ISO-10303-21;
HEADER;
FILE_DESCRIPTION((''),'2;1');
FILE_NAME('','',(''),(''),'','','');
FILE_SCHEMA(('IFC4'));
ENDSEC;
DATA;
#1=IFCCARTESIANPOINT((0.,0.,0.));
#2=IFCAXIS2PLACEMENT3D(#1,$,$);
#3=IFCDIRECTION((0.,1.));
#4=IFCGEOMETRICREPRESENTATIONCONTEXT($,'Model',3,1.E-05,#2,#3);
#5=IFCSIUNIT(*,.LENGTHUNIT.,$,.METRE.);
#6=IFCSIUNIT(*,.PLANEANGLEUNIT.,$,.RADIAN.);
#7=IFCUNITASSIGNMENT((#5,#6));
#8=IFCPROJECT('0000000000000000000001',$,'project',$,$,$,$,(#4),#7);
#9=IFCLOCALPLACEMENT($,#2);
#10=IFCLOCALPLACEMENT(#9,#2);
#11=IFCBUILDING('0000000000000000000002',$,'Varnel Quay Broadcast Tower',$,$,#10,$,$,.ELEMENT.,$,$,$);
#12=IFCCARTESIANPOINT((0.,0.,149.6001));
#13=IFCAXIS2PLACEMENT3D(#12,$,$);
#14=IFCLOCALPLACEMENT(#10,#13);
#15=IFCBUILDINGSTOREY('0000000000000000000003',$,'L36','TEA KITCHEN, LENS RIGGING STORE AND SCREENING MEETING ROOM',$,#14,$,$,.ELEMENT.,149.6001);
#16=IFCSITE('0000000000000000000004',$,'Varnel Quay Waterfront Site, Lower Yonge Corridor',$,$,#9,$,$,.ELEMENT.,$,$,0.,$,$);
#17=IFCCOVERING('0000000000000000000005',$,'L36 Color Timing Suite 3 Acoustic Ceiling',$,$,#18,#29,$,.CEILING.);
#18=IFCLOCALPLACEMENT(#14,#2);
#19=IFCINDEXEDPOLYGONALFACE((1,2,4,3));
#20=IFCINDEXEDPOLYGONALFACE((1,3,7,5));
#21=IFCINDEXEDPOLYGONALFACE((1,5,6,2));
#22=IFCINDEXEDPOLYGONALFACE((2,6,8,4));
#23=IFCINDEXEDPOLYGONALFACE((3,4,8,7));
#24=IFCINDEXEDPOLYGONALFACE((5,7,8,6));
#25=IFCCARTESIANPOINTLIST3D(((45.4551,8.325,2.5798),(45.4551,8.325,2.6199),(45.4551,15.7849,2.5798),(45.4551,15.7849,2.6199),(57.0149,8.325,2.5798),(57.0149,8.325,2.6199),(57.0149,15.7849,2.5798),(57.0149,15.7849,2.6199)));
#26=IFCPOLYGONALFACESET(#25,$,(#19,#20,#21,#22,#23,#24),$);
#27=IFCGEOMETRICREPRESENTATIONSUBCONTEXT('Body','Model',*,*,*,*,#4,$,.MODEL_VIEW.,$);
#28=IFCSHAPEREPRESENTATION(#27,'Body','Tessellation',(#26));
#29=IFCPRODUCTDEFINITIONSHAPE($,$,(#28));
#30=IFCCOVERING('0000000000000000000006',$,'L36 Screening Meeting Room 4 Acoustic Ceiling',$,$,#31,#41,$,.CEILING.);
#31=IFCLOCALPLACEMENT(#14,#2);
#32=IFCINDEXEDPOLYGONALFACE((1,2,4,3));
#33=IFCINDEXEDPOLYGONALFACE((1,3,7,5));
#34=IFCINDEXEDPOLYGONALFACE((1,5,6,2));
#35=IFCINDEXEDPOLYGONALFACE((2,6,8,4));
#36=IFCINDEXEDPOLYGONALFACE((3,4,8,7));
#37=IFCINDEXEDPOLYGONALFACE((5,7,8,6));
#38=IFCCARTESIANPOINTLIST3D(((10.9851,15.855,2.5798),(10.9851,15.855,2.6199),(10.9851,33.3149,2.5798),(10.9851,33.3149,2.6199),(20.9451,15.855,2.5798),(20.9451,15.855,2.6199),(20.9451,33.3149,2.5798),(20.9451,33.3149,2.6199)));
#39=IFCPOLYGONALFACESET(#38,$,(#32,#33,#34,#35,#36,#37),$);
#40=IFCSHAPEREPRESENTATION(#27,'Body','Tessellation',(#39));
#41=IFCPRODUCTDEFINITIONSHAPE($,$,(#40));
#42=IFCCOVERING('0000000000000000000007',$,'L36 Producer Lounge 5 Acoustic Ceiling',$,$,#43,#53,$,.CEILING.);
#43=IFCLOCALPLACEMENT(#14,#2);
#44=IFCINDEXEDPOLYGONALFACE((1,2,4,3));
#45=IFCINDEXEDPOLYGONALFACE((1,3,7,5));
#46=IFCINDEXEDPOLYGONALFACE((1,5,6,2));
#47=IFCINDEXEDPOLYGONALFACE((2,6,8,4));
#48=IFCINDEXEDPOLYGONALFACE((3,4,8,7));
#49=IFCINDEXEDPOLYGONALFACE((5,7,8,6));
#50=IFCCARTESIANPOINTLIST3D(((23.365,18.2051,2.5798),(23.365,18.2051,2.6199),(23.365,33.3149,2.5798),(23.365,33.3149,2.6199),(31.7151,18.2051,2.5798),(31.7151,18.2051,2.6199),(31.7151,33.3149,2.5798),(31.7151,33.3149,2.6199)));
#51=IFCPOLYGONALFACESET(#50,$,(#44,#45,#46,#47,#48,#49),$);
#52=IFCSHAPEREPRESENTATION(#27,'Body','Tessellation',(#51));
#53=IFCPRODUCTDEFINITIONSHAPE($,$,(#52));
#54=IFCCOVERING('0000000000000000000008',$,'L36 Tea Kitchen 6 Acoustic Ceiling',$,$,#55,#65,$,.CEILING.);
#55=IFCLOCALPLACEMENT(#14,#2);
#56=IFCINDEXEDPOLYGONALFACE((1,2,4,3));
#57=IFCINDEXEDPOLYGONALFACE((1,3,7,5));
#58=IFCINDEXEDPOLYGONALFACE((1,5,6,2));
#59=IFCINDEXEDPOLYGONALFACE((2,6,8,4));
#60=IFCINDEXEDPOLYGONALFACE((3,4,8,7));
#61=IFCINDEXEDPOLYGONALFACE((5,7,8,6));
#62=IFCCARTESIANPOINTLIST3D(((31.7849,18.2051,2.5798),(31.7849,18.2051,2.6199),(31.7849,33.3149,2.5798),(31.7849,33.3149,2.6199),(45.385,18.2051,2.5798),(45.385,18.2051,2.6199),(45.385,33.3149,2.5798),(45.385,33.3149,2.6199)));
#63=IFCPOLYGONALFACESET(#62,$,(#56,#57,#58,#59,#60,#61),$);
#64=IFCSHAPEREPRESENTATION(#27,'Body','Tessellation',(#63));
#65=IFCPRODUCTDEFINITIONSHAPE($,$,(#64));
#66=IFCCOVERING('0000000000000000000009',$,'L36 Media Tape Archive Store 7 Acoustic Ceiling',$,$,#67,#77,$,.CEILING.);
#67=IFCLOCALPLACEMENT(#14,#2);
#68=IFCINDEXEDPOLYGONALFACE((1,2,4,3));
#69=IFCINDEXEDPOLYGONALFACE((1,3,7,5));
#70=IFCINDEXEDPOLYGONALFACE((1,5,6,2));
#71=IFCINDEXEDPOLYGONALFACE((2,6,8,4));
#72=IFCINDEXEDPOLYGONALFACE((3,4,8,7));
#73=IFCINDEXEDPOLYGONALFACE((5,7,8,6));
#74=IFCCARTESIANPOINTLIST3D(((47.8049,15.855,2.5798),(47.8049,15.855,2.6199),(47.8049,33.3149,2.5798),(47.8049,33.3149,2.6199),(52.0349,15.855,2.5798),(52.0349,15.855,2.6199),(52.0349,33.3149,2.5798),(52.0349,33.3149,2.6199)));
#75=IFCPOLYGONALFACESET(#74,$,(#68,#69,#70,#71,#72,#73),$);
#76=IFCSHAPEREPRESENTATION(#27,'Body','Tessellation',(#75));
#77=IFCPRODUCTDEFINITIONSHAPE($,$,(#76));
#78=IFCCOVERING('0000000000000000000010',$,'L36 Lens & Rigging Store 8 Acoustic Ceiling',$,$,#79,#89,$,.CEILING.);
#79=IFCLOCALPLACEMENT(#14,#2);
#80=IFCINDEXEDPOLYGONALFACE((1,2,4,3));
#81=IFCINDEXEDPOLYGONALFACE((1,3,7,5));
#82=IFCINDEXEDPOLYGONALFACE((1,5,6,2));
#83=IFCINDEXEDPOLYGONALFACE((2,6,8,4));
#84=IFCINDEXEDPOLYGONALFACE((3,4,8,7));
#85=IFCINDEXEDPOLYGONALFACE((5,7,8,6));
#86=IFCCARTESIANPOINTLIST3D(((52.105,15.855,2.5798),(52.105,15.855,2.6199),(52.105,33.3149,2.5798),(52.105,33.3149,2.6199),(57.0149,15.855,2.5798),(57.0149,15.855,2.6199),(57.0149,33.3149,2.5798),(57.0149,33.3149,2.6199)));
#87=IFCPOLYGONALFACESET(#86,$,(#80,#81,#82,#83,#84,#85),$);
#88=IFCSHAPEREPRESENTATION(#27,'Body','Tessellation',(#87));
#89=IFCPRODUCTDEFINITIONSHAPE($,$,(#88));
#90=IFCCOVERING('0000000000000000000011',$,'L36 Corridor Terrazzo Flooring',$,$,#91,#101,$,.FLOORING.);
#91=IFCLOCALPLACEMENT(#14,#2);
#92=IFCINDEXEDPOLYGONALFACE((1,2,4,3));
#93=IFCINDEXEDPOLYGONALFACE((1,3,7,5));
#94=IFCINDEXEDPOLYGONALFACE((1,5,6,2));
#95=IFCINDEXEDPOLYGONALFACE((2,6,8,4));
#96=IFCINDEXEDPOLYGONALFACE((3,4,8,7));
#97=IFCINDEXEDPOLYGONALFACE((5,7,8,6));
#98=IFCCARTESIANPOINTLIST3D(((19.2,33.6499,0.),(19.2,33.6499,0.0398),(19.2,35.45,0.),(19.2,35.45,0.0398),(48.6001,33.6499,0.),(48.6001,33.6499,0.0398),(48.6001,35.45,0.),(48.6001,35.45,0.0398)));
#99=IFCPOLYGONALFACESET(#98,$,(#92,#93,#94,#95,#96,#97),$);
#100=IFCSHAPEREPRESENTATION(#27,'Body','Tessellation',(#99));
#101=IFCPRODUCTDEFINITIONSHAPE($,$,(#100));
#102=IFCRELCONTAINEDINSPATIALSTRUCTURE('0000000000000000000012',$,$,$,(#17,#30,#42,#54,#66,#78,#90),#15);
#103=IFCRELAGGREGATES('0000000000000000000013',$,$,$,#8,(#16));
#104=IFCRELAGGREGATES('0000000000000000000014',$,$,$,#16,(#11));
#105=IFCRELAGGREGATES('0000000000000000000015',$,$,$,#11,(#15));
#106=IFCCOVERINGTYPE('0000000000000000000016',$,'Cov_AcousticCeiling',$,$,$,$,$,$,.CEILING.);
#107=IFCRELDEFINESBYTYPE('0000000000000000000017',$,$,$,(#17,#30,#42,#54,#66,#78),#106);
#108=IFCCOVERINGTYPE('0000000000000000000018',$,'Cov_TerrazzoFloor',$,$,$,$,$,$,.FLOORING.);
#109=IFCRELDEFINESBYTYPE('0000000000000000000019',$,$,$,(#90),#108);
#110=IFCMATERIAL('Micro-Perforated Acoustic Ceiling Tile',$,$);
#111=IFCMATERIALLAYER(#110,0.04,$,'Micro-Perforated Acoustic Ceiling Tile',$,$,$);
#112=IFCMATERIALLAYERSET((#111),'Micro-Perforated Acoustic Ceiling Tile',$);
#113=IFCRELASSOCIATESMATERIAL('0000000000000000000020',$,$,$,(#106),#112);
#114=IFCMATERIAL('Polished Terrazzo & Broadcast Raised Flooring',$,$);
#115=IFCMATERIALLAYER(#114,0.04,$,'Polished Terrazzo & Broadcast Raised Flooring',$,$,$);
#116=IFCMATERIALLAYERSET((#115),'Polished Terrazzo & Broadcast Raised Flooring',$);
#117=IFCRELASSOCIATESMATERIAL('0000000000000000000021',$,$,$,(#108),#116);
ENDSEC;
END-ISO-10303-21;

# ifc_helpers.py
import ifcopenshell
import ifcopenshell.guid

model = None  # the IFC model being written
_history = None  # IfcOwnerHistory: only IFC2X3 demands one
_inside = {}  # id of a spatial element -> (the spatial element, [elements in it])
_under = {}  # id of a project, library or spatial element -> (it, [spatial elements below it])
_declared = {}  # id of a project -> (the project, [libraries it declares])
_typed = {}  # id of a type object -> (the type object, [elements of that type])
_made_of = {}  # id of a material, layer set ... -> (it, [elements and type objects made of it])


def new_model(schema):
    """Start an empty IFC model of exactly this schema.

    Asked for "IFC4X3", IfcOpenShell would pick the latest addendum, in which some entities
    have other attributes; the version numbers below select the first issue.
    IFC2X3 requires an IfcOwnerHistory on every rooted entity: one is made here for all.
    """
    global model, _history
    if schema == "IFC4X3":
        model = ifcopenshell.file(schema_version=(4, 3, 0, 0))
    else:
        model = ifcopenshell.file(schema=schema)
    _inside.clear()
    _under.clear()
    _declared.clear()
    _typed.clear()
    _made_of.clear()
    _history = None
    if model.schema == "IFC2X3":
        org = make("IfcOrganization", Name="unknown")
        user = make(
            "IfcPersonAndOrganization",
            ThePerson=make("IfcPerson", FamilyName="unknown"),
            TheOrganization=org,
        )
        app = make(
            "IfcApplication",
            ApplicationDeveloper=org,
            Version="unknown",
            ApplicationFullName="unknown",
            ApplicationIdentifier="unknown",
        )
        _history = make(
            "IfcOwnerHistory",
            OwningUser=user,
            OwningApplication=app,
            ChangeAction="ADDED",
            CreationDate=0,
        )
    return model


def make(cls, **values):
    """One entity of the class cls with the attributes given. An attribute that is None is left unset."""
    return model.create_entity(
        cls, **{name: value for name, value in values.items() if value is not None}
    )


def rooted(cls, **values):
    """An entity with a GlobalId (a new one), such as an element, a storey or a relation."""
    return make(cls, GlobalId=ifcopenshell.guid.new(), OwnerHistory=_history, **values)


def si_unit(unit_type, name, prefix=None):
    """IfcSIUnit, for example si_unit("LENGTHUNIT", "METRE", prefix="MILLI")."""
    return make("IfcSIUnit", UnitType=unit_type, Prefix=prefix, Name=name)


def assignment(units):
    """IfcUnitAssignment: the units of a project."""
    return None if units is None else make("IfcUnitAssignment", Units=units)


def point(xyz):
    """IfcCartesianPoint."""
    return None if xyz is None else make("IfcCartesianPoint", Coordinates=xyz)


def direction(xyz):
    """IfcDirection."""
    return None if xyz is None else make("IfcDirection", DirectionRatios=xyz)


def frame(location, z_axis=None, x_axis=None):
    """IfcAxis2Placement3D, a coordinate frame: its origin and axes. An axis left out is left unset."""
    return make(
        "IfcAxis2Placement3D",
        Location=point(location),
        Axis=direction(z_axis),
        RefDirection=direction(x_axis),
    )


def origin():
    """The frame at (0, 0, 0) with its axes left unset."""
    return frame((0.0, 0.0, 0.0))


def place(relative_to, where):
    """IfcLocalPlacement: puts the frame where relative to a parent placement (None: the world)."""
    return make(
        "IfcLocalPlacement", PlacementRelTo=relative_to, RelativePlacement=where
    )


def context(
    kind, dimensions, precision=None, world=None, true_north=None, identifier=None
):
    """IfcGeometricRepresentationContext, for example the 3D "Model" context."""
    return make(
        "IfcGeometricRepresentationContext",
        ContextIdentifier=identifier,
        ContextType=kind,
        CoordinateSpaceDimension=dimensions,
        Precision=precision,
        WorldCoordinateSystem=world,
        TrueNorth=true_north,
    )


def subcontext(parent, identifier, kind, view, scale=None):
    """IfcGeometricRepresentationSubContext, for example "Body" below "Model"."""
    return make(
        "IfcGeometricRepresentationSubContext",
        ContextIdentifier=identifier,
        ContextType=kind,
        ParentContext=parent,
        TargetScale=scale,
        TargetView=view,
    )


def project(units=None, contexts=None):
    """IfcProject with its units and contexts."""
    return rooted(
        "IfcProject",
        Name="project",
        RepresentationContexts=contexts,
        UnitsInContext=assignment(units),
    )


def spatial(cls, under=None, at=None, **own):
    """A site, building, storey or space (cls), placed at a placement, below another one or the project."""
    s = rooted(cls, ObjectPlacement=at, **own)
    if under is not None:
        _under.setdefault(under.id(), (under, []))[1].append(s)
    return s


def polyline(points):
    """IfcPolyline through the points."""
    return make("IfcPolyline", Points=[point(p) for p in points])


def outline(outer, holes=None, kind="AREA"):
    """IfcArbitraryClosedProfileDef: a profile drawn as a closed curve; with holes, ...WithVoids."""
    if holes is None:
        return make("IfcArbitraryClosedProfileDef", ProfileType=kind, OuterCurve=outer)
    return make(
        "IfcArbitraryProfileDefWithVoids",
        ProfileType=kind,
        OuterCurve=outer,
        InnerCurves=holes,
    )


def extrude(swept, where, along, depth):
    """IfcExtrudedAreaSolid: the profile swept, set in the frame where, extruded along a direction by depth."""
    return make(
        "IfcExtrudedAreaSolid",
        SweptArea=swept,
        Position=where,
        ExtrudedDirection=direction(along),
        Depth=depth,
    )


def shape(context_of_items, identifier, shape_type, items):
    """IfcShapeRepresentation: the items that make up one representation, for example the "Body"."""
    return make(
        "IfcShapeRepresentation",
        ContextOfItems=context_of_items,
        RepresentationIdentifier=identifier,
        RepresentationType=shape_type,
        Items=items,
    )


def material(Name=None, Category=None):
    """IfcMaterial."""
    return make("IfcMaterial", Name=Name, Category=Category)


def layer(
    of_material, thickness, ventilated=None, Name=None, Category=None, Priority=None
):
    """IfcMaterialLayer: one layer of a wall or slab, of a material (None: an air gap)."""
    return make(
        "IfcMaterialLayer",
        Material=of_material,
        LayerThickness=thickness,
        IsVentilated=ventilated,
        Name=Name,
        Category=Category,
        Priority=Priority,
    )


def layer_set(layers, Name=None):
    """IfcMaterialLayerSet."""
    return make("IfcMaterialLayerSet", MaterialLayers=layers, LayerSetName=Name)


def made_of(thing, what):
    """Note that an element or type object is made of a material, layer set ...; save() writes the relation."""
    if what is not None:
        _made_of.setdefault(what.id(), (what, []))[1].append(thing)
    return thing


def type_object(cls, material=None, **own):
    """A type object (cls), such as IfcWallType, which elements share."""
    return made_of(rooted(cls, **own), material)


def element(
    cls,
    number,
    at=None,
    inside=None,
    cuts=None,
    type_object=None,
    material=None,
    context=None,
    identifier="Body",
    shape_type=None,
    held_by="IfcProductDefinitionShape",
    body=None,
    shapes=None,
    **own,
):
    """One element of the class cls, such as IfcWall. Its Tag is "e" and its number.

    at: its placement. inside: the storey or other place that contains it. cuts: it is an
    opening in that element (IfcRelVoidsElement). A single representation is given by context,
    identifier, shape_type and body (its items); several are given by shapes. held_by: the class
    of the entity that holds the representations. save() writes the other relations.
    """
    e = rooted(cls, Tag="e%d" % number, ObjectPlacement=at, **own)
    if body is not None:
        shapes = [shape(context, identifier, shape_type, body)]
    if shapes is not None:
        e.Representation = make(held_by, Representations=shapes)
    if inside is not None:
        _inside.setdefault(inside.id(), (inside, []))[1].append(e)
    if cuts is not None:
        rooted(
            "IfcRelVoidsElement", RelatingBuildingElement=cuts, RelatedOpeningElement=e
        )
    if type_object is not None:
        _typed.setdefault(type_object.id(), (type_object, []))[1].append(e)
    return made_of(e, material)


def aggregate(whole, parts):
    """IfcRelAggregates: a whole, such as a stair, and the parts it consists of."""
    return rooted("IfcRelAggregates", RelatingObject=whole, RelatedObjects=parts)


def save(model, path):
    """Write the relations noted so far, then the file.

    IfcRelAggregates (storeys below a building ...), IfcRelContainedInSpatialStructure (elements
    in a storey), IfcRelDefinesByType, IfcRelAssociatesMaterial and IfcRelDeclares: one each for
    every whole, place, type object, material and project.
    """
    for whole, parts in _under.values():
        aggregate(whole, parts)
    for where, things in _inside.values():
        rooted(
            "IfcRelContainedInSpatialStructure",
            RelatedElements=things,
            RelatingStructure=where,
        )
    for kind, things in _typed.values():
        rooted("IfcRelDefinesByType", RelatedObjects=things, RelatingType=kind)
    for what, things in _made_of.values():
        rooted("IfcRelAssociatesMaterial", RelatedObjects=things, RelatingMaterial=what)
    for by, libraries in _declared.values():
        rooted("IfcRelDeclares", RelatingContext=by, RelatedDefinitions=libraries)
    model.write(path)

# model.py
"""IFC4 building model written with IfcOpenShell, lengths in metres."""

from ifc_helpers import new_model, si_unit, direction, frame, origin, place, context, subcontext, project, spatial, polyline, outline, extrude, material, layer, layer_set, type_object, element, save


model = new_model("IFC4")

# Units and contexts
model_context = context("Model", 3, precision=1e-05, world=origin(), true_north=direction((0.0, 1.0)))
body_context = subcontext(model_context, "Body", "Model", "MODEL_VIEW")
ifc_project = project(units=[si_unit("LENGTHUNIT", "METRE"), si_unit("PLANEANGLEUNIT", "RADIAN")], contexts=[model_context])

# Site, building, storey
site_placement = place(None, origin())
site = spatial("IfcSite", under=ifc_project, at=site_placement, Name="Varnel Quay Waterfront Site, Lower Yonge Corridor", CompositionType="ELEMENT", RefElevation=0.0)
building_placement = place(site_placement, origin())
building = spatial("IfcBuilding", under=site, at=building_placement, Name="Varnel Quay Broadcast Tower", CompositionType="ELEMENT")
storey_placement = place(building_placement, frame((0.0, 0.0, 149.6001)))
storey = spatial("IfcBuildingStorey", under=building, at=storey_placement, Name="L36", Description="TEA KITCHEN, LENS RIGGING STORE AND SCREENING MEETING ROOM", CompositionType="ELEMENT", Elevation=149.6001)

# Coverings
ifc_material_1 = material(Name="Micro-Perforated Acoustic Ceiling Tile")
ifc_layer_1 = layer(ifc_material_1, 0.04, Name="Micro-Perforated Acoustic Ceiling Tile")
ifc_layer_set_1 = layer_set([ifc_layer_1], Name="Micro-Perforated Acoustic Ceiling Tile")
covering_type_1 = type_object("IfcCoveringType", Name="Cov_AcousticCeiling", PredefinedType="CEILING", material=ifc_layer_set_1)
covering_1_placement = place(storey_placement, frame((0.0, 0.0, 2.5798)))
element("IfcCovering", 1, at=covering_1_placement, inside=storey, type_object=covering_type_1, Name="L36 Color Timing Suite 3 Acoustic Ceiling", PredefinedType="CEILING", context=body_context, shape_type="SweptSolid", body=[
    extrude(outline(polyline([(45.4551, 8.325), (57.0149, 8.325), (57.0149, 15.7849), (45.4551, 15.7849), (45.4551, 8.325)])), origin(), (0.0, 0.0, 1.0), 0.04),
])
covering_2_placement = place(storey_placement, frame((0.0, 0.0, 2.5798)))
element("IfcCovering", 2, at=covering_2_placement, inside=storey, type_object=covering_type_1, Name="L36 Screening Meeting Room 4 Acoustic Ceiling", PredefinedType="CEILING", context=body_context, shape_type="SweptSolid", body=[
    extrude(outline(polyline([(10.9851, 15.855), (20.9451, 15.855), (20.9451, 33.3149), (10.9851, 33.3149), (10.9851, 15.855)])), origin(), (0.0, 0.0, 1.0), 0.04),
])
covering_3_placement = place(storey_placement, frame((0.0, 0.0, 2.5798)))
element("IfcCovering", 3, at=covering_3_placement, inside=storey, type_object=covering_type_1, Name="L36 Producer Lounge 5 Acoustic Ceiling", PredefinedType="CEILING", context=body_context, shape_type="SweptSolid", body=[
    extrude(outline(polyline([(23.365, 18.2051), (31.7151, 18.2051), (31.7151, 33.3149), (23.365, 33.3149), (23.365, 18.2051)])), origin(), (0.0, 0.0, 1.0), 0.04),
])
covering_4_placement = place(storey_placement, frame((0.0, 0.0, 2.5798)))
element("IfcCovering", 4, at=covering_4_placement, inside=storey, type_object=covering_type_1, Name="L36 Tea Kitchen 6 Acoustic Ceiling", PredefinedType="CEILING", context=body_context, shape_type="SweptSolid", body=[
    extrude(outline(polyline([(31.7849, 18.2051), (45.385, 18.2051), (45.385, 33.3149), (31.7849, 33.3149), (31.7849, 18.2051)])), origin(), (0.0, 0.0, 1.0), 0.04),
])
covering_5_placement = place(storey_placement, frame((0.0, 0.0, 2.5798)))
element("IfcCovering", 5, at=covering_5_placement, inside=storey, type_object=covering_type_1, Name="L36 Media Tape Archive Store 7 Acoustic Ceiling", PredefinedType="CEILING", context=body_context, shape_type="SweptSolid", body=[
    extrude(outline(polyline([(47.8049, 15.855), (52.0349, 15.855), (52.0349, 33.3149), (47.8049, 33.3149), (47.8049, 15.855)])), origin(), (0.0, 0.0, 1.0), 0.04),
])
covering_6_placement = place(storey_placement, frame((0.0, 0.0, 2.5798)))
element("IfcCovering", 6, at=covering_6_placement, inside=storey, type_object=covering_type_1, Name="L36 Lens & Rigging Store 8 Acoustic Ceiling", PredefinedType="CEILING", context=body_context, shape_type="SweptSolid", body=[
    extrude(outline(polyline([(52.105, 15.855), (57.0149, 15.855), (57.0149, 33.3149), (52.105, 33.3149), (52.105, 15.855)])), origin(), (0.0, 0.0, 1.0), 0.04),
])
ifc_material_2 = material(Name="Polished Terrazzo & Broadcast Raised Flooring")
ifc_layer_2 = layer(ifc_material_2, 0.04, Name="Polished Terrazzo & Broadcast Raised Flooring")
ifc_layer_set_2 = layer_set([ifc_layer_2], Name="Polished Terrazzo & Broadcast Raised Flooring")
covering_type_2 = type_object("IfcCoveringType", Name="Cov_TerrazzoFloor", PredefinedType="FLOORING", material=ifc_layer_set_2)
covering_7_placement = place(storey_placement, origin())
element("IfcCovering", 7, at=covering_7_placement, inside=storey, type_object=covering_type_2, Name="L36 Corridor Terrazzo Flooring", PredefinedType="FLOORING", context=body_context, shape_type="SweptSolid", body=[
    extrude(outline(polyline([(19.2, 33.6499), (48.6001, 33.6499), (48.6001, 35.45), (19.2, 35.45), (19.2, 33.6499)])), origin(), (0.0, 0.0, 1.0), 0.0398),
])

save(model, "model.ifc")
